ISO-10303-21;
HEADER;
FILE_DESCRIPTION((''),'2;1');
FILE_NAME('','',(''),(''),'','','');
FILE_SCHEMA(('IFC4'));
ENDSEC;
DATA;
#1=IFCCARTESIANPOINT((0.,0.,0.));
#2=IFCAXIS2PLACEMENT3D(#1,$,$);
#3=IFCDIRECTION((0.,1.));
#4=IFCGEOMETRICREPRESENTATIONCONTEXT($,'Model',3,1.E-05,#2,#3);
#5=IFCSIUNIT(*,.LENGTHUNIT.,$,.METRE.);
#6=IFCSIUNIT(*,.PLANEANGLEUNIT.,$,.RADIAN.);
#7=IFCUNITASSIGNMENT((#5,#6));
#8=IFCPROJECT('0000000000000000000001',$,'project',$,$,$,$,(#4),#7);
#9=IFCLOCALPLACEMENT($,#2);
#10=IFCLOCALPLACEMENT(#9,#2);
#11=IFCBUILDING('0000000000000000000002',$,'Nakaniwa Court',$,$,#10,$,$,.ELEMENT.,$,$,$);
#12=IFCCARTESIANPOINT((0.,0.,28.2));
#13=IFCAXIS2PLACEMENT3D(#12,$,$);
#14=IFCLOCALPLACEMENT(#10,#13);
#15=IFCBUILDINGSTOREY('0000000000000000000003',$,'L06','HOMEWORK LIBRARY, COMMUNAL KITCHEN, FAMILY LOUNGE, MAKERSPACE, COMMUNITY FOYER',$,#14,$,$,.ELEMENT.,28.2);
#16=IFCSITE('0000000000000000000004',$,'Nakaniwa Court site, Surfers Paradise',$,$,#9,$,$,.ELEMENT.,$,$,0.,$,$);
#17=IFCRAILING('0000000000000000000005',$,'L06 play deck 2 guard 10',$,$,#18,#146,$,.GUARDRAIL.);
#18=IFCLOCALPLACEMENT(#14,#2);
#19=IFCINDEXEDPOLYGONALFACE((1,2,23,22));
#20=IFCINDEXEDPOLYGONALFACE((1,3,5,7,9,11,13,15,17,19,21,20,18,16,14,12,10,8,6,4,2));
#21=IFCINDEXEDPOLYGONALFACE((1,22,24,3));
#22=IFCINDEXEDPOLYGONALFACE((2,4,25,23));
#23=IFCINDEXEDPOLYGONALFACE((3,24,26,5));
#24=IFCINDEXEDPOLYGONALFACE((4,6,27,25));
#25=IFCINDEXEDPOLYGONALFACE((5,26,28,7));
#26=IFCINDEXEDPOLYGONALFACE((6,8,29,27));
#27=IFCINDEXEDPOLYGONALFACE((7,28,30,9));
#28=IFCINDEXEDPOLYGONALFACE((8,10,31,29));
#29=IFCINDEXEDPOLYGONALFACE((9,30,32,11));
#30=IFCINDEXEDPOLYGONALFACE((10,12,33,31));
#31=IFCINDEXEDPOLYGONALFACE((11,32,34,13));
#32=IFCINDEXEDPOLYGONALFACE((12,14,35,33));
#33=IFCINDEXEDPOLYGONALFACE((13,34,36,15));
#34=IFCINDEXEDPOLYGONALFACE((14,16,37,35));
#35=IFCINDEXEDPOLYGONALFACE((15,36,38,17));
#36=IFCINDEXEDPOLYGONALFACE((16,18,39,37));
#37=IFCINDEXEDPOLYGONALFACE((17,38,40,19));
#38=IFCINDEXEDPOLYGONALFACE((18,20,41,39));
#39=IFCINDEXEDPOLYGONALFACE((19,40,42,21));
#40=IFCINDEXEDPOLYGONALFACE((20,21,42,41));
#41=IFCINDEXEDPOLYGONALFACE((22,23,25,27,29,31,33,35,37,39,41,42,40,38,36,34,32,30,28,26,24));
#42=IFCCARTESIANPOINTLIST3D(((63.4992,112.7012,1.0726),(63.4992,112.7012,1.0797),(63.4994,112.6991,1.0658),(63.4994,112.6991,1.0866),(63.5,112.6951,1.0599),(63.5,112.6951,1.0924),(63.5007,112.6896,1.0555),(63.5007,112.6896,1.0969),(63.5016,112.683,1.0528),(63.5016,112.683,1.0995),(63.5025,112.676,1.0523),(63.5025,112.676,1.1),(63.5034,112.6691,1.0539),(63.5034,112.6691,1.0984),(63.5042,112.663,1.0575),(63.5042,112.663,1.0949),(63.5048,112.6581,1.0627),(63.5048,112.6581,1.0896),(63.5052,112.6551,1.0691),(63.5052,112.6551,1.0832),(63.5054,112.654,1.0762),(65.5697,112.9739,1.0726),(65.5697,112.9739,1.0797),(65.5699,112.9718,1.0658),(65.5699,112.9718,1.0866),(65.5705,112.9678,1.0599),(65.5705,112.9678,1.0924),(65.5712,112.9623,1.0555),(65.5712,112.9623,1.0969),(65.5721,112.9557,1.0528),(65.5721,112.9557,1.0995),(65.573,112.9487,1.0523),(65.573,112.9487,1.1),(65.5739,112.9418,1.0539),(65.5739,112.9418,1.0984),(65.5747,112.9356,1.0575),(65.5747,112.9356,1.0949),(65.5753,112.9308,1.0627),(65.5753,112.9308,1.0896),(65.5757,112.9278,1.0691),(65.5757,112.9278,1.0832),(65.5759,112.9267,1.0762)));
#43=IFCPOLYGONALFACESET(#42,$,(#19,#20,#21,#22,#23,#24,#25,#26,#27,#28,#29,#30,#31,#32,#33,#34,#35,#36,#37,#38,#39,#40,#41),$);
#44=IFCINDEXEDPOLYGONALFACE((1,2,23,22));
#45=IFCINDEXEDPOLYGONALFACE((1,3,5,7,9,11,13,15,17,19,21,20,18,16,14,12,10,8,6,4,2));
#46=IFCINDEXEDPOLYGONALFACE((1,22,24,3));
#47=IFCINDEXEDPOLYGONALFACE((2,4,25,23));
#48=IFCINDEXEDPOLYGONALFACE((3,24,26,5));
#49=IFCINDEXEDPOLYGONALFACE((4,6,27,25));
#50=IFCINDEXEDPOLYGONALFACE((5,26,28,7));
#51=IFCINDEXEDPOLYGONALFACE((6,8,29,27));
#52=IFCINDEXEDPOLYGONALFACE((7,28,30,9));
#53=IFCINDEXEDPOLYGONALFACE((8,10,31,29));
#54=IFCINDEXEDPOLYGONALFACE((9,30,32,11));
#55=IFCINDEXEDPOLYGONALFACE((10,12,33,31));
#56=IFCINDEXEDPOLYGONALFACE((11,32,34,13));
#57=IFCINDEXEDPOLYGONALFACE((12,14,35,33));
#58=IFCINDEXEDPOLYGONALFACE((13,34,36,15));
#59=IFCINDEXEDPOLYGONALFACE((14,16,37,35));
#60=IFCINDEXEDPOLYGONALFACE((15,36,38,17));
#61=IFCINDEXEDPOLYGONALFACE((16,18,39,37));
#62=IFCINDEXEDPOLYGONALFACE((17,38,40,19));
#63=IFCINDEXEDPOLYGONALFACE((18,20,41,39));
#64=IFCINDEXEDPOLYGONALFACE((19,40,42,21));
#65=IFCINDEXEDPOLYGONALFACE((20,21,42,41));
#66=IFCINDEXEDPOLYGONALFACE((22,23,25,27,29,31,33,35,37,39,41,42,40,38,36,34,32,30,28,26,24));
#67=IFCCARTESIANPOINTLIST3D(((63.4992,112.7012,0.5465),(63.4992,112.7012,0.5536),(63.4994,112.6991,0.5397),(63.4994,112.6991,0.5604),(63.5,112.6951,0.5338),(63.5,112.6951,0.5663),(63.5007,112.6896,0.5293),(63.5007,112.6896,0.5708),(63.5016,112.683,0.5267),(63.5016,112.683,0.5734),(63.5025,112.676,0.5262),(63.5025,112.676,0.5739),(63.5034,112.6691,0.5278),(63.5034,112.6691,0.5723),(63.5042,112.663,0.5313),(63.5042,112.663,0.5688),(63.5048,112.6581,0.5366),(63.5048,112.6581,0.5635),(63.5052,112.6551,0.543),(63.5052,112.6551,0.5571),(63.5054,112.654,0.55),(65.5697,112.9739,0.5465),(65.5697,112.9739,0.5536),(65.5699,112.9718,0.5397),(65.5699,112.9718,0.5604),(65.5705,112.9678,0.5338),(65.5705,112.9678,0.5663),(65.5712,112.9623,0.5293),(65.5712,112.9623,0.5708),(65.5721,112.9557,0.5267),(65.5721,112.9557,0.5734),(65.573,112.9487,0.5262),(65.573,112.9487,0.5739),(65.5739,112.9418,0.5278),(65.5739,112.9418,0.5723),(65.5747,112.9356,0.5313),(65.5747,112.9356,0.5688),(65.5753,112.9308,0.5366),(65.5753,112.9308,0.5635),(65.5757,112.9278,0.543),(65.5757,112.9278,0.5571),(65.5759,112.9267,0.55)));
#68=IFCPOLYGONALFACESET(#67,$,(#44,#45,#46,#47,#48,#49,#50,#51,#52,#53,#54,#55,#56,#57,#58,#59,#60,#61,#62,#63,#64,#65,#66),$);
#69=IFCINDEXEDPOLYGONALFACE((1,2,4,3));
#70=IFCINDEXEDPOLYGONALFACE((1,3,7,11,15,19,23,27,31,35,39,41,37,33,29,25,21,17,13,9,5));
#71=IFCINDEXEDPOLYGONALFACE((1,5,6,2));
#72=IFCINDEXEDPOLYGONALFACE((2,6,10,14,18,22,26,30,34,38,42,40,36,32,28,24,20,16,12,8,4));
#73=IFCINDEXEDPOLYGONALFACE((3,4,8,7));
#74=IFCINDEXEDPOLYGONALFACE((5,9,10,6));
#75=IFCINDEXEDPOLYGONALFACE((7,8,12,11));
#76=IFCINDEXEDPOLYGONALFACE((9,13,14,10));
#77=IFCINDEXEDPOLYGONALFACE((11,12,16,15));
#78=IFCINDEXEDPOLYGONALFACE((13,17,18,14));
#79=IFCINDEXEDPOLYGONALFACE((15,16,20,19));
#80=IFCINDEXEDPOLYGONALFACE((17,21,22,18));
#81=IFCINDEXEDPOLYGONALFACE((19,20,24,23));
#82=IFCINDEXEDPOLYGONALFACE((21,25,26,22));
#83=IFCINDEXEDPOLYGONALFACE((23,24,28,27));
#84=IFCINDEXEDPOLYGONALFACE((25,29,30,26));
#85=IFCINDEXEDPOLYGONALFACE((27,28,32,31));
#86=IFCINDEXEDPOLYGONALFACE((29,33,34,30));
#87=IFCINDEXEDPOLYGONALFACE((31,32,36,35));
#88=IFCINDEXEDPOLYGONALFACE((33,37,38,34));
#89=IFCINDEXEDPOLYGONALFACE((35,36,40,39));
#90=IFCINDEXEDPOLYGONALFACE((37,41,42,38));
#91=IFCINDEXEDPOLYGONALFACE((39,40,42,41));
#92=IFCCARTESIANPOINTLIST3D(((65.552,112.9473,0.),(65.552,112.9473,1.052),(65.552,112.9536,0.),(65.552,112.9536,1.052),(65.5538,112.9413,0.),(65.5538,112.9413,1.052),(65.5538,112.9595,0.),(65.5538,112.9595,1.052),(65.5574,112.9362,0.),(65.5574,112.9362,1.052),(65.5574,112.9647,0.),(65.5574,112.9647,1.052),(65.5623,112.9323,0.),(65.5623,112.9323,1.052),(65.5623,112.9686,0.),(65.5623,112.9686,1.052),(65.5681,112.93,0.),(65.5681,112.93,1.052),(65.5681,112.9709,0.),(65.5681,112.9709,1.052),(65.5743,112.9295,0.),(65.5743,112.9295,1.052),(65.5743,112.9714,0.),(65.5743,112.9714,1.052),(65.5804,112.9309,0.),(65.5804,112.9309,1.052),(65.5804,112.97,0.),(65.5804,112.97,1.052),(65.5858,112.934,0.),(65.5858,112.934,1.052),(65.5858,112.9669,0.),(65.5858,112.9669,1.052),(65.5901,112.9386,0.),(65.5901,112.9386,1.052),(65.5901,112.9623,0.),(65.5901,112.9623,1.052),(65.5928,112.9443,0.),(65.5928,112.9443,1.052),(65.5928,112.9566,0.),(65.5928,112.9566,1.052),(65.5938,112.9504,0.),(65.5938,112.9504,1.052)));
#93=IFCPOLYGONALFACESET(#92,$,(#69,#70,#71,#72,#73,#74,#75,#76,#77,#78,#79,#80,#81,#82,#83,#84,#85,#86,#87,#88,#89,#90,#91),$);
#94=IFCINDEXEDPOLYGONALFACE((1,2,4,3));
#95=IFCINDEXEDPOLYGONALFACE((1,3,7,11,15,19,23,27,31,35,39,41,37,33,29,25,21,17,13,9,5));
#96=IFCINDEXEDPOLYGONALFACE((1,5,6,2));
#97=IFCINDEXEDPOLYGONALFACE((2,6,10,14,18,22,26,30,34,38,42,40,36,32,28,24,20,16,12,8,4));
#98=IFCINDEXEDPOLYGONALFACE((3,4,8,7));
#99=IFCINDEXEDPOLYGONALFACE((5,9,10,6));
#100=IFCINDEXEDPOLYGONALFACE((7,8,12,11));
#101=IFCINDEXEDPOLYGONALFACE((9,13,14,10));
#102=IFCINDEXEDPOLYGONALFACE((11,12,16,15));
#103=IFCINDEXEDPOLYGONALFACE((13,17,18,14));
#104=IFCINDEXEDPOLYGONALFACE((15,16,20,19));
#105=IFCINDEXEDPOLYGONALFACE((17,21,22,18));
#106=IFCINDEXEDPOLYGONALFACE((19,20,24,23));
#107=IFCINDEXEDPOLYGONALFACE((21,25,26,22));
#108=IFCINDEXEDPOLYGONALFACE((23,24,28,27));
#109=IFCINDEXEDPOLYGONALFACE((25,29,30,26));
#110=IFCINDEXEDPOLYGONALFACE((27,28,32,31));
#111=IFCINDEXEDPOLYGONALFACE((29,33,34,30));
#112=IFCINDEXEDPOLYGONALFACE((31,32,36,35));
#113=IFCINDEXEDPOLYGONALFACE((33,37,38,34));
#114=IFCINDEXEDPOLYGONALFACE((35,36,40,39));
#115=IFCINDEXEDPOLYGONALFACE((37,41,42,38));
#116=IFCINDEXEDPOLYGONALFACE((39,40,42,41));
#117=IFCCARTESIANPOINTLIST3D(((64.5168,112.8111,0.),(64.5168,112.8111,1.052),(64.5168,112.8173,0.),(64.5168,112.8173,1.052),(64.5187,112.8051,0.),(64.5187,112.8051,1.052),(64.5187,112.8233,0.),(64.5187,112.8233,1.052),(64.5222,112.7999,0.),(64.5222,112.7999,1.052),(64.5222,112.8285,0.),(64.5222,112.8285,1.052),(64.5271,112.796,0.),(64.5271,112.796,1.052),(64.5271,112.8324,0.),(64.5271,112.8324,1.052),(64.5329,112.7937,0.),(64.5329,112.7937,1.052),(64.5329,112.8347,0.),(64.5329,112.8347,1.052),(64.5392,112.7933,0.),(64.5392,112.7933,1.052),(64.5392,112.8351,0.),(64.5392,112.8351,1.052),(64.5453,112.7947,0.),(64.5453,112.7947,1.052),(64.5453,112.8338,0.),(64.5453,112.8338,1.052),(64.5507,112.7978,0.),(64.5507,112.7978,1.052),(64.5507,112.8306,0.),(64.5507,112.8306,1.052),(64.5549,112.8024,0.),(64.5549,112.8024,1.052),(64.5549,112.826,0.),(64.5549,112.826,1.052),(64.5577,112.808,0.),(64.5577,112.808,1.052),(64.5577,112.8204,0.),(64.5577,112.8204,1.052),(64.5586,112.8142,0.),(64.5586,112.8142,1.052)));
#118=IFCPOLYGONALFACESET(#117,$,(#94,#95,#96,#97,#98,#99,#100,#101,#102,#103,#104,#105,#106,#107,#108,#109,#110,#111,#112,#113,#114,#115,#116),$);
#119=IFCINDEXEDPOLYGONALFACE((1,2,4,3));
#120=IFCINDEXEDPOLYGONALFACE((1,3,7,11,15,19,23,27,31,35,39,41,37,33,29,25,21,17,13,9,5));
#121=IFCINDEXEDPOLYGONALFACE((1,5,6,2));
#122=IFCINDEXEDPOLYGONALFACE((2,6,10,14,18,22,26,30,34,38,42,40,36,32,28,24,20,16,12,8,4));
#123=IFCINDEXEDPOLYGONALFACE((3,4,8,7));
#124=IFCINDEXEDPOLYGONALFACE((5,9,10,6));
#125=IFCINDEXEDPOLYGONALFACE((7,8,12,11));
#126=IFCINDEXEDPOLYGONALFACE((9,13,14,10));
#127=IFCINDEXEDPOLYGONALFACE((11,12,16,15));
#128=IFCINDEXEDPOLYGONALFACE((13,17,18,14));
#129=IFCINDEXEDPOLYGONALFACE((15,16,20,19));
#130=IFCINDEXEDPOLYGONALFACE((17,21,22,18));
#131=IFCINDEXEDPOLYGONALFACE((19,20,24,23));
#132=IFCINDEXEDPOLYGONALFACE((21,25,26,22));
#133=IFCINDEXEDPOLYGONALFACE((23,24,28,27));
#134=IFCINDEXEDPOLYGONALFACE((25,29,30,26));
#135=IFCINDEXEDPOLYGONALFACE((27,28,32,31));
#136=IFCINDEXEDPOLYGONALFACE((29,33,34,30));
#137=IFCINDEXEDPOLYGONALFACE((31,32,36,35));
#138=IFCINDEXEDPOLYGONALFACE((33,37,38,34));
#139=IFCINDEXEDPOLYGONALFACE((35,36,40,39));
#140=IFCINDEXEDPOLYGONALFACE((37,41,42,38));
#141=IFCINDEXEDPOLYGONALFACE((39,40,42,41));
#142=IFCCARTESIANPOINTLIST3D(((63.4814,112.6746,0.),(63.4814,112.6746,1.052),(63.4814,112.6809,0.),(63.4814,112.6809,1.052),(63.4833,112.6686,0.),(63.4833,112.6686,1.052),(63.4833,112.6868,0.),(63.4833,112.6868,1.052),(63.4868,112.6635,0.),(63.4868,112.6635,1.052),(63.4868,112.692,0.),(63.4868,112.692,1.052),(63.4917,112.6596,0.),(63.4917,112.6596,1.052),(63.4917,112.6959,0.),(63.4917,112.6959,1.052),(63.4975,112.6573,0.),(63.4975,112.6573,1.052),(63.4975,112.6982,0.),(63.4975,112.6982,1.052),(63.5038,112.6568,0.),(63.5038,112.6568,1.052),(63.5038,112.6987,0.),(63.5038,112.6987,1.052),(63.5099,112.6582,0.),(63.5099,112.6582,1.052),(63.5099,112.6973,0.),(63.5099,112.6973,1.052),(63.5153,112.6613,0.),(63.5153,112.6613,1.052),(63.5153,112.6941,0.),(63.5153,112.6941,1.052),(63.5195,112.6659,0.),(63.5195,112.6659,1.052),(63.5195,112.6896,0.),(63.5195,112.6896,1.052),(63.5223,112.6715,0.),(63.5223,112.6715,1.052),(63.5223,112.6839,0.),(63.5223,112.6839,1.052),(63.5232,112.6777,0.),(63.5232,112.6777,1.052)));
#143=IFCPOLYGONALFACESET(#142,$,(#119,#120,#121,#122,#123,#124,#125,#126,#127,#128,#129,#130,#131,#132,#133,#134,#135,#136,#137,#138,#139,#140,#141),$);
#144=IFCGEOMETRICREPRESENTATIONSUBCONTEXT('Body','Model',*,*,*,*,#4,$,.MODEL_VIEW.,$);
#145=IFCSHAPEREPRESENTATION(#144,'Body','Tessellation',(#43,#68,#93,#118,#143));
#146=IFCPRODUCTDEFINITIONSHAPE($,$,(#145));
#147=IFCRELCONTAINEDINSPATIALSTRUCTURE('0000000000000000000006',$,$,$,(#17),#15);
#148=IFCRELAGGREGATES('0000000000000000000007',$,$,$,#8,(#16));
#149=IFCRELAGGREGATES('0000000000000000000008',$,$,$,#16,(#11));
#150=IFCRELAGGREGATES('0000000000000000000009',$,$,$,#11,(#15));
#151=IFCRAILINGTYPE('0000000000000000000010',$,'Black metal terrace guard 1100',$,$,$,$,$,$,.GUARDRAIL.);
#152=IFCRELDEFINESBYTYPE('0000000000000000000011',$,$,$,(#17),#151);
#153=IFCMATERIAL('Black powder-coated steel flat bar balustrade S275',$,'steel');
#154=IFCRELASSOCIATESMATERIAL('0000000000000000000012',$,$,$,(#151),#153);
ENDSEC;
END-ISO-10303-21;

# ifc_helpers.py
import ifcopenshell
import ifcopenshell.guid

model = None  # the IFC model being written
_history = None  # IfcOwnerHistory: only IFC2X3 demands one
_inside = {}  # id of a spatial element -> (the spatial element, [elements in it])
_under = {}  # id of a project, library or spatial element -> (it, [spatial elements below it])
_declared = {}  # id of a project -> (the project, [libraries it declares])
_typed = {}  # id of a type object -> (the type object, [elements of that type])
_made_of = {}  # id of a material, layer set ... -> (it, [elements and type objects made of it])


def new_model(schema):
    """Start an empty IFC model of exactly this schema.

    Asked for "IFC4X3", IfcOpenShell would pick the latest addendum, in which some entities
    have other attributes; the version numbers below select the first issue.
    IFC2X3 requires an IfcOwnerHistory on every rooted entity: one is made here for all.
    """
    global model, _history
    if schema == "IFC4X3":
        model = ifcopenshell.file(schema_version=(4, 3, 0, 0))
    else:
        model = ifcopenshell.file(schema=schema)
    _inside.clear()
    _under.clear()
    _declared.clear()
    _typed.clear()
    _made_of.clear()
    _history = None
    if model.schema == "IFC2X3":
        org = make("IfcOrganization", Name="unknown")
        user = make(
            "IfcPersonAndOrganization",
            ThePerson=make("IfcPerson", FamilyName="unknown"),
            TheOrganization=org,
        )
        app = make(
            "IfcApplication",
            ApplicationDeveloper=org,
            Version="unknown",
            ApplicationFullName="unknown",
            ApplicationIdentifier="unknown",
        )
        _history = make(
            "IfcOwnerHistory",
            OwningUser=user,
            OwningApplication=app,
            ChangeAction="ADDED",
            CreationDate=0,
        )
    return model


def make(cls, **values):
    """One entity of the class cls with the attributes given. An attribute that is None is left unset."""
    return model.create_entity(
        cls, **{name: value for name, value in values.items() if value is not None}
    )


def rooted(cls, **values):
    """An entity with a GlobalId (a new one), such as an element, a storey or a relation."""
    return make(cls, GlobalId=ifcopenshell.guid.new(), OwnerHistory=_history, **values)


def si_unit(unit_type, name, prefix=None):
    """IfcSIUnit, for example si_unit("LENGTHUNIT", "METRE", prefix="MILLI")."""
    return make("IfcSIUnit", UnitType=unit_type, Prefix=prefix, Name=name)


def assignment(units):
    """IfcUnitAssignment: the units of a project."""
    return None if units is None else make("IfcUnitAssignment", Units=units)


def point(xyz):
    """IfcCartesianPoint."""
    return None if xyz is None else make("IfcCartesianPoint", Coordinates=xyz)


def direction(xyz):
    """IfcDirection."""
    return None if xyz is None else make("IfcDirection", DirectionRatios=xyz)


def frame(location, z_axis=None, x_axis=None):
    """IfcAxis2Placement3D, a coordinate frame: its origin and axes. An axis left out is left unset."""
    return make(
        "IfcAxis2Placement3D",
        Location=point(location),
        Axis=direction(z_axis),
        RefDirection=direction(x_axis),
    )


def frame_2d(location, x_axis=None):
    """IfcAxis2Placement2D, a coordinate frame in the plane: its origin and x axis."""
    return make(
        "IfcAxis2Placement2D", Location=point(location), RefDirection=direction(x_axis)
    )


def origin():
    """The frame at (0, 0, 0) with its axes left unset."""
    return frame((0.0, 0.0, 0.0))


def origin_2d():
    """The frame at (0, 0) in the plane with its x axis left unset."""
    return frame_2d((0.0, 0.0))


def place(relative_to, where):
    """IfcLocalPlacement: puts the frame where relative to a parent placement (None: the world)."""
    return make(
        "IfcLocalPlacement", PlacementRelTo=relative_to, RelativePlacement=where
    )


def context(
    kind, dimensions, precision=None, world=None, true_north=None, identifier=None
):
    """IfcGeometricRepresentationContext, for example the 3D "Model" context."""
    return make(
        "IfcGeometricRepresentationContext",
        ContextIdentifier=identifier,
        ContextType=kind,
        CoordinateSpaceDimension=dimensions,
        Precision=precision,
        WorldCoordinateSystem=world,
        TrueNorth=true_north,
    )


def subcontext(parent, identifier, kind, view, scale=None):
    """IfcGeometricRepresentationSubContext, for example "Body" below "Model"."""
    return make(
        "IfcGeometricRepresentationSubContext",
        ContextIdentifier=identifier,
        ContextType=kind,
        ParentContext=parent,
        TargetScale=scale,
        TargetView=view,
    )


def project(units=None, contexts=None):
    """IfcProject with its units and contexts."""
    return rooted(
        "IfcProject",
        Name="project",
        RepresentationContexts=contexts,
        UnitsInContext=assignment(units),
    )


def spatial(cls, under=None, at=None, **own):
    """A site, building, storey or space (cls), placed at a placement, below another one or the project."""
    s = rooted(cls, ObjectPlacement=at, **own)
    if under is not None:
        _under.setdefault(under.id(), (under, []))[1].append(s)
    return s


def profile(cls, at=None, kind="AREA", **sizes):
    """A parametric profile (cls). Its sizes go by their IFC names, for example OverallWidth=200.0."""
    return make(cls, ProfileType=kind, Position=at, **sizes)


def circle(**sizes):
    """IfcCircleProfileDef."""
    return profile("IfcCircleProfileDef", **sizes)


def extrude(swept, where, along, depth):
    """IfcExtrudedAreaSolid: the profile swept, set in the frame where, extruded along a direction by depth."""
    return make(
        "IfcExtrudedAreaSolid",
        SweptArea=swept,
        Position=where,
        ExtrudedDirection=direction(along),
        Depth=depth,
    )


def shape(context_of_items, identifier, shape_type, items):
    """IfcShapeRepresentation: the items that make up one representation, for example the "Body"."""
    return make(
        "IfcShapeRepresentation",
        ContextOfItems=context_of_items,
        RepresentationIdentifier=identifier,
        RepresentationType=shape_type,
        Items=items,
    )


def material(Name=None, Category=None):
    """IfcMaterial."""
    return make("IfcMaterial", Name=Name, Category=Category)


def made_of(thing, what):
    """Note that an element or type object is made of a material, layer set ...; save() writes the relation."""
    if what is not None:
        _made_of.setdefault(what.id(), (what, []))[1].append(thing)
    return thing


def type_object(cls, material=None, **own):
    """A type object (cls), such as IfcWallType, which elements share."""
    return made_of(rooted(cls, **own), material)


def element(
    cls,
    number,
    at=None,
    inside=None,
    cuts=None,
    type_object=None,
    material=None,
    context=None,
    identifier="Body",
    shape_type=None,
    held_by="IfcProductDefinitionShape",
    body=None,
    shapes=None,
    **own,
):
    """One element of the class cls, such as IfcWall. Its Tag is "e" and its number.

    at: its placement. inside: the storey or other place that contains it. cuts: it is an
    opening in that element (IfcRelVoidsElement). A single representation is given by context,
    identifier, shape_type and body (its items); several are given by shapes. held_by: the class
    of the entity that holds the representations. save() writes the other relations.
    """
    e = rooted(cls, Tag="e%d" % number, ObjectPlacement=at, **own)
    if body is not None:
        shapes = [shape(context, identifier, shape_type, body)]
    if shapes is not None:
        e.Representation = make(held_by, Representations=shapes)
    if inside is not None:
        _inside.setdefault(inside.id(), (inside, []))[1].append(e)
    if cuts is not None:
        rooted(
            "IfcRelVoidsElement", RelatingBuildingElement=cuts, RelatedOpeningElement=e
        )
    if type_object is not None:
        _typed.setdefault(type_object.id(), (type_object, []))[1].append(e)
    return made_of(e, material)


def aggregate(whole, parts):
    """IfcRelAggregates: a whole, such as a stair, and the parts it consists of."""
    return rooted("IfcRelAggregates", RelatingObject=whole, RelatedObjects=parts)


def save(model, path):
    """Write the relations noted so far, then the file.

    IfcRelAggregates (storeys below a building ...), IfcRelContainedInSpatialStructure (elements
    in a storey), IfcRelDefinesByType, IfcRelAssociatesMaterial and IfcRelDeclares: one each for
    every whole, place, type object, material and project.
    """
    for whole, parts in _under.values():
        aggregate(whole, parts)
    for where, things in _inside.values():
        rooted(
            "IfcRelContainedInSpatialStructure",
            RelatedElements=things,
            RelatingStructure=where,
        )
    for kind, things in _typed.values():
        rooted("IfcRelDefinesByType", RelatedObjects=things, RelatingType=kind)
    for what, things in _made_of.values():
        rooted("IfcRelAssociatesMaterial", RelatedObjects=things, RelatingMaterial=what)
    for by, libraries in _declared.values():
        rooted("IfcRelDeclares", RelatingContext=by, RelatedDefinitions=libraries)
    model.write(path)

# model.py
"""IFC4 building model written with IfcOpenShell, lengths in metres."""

from ifc_helpers import new_model, si_unit, direction, frame, origin, origin_2d, place, context, subcontext, project, spatial, circle, extrude, material, type_object, element, save


model = new_model("IFC4")

# Units and contexts
model_context = context("Model", 3, precision=1e-05, world=origin(), true_north=direction((0.0, 1.0)))
body_context = subcontext(model_context, "Body", "Model", "MODEL_VIEW")
ifc_project = project(units=[si_unit("LENGTHUNIT", "METRE"), si_unit("PLANEANGLEUNIT", "RADIAN")], contexts=[model_context])

# Site, building, storey
site_placement = place(None, origin())
site = spatial("IfcSite", under=ifc_project, at=site_placement, Name="Nakaniwa Court site, Surfers Paradise", CompositionType="ELEMENT", RefElevation=0.0)
building_placement = place(site_placement, origin())
building = spatial("IfcBuilding", under=site, at=building_placement, Name="Nakaniwa Court", CompositionType="ELEMENT")
storey_placement = place(building_placement, frame((0.0, 0.0, 28.2)))
storey = spatial("IfcBuildingStorey", under=building, at=storey_placement, Name="L06", Description="HOMEWORK LIBRARY, COMMUNAL KITCHEN, FAMILY LOUNGE, MAKERSPACE, COMMUNITY FOYER", CompositionType="ELEMENT", Elevation=28.2)

# Railing
ifc_material_1 = material(Name="Black powder-coated steel flat bar balustrade S275", Category="steel")
railing_type = type_object("IfcRailingType", Name="Black metal terrace guard 1100", PredefinedType="GUARDRAIL", material=ifc_material_1)
railing_1_placement = place(storey_placement, frame((65.5728, 112.9504, 0.0)))
element("IfcRailing", 1, at=railing_1_placement, inside=storey, type_object=railing_type, Name="L06 play deck 2 guard 10", PredefinedType="GUARDRAIL", context=body_context, shape_type="SweptSolid", body=[
    extrude(circle(Radius=0.0239, at=origin_2d()), frame((0.0, 0.0, 1.0762), z_axis=(-0.991438, -0.130578, 0.0), x_axis=(0.130578, -0.991438, 0.0)), (0.0, 0.0, 1.0), 2.0884),
    extrude(circle(Radius=0.0239, at=origin_2d()), frame((0.0, 0.0, 0.55), z_axis=(-0.991438, -0.130578, 0.0), x_axis=(0.130578, -0.991438, 0.0)), (0.0, 0.0, 1.0), 2.0884),
    extrude(circle(Radius=0.021, at=origin_2d()), origin(), (0.0, 0.0, 1.0), 1.052),
    extrude(circle(Radius=0.021, at=origin_2d()), frame((-1.0352, -0.1362, 0.0)), (0.0, 0.0, 1.0), 1.052),
    extrude(circle(Radius=0.021, at=origin_2d()), frame((-2.0706, -0.2727, 0.0)), (0.0, 0.0, 1.0), 1.052),
])

save(model, "model.ifc")
